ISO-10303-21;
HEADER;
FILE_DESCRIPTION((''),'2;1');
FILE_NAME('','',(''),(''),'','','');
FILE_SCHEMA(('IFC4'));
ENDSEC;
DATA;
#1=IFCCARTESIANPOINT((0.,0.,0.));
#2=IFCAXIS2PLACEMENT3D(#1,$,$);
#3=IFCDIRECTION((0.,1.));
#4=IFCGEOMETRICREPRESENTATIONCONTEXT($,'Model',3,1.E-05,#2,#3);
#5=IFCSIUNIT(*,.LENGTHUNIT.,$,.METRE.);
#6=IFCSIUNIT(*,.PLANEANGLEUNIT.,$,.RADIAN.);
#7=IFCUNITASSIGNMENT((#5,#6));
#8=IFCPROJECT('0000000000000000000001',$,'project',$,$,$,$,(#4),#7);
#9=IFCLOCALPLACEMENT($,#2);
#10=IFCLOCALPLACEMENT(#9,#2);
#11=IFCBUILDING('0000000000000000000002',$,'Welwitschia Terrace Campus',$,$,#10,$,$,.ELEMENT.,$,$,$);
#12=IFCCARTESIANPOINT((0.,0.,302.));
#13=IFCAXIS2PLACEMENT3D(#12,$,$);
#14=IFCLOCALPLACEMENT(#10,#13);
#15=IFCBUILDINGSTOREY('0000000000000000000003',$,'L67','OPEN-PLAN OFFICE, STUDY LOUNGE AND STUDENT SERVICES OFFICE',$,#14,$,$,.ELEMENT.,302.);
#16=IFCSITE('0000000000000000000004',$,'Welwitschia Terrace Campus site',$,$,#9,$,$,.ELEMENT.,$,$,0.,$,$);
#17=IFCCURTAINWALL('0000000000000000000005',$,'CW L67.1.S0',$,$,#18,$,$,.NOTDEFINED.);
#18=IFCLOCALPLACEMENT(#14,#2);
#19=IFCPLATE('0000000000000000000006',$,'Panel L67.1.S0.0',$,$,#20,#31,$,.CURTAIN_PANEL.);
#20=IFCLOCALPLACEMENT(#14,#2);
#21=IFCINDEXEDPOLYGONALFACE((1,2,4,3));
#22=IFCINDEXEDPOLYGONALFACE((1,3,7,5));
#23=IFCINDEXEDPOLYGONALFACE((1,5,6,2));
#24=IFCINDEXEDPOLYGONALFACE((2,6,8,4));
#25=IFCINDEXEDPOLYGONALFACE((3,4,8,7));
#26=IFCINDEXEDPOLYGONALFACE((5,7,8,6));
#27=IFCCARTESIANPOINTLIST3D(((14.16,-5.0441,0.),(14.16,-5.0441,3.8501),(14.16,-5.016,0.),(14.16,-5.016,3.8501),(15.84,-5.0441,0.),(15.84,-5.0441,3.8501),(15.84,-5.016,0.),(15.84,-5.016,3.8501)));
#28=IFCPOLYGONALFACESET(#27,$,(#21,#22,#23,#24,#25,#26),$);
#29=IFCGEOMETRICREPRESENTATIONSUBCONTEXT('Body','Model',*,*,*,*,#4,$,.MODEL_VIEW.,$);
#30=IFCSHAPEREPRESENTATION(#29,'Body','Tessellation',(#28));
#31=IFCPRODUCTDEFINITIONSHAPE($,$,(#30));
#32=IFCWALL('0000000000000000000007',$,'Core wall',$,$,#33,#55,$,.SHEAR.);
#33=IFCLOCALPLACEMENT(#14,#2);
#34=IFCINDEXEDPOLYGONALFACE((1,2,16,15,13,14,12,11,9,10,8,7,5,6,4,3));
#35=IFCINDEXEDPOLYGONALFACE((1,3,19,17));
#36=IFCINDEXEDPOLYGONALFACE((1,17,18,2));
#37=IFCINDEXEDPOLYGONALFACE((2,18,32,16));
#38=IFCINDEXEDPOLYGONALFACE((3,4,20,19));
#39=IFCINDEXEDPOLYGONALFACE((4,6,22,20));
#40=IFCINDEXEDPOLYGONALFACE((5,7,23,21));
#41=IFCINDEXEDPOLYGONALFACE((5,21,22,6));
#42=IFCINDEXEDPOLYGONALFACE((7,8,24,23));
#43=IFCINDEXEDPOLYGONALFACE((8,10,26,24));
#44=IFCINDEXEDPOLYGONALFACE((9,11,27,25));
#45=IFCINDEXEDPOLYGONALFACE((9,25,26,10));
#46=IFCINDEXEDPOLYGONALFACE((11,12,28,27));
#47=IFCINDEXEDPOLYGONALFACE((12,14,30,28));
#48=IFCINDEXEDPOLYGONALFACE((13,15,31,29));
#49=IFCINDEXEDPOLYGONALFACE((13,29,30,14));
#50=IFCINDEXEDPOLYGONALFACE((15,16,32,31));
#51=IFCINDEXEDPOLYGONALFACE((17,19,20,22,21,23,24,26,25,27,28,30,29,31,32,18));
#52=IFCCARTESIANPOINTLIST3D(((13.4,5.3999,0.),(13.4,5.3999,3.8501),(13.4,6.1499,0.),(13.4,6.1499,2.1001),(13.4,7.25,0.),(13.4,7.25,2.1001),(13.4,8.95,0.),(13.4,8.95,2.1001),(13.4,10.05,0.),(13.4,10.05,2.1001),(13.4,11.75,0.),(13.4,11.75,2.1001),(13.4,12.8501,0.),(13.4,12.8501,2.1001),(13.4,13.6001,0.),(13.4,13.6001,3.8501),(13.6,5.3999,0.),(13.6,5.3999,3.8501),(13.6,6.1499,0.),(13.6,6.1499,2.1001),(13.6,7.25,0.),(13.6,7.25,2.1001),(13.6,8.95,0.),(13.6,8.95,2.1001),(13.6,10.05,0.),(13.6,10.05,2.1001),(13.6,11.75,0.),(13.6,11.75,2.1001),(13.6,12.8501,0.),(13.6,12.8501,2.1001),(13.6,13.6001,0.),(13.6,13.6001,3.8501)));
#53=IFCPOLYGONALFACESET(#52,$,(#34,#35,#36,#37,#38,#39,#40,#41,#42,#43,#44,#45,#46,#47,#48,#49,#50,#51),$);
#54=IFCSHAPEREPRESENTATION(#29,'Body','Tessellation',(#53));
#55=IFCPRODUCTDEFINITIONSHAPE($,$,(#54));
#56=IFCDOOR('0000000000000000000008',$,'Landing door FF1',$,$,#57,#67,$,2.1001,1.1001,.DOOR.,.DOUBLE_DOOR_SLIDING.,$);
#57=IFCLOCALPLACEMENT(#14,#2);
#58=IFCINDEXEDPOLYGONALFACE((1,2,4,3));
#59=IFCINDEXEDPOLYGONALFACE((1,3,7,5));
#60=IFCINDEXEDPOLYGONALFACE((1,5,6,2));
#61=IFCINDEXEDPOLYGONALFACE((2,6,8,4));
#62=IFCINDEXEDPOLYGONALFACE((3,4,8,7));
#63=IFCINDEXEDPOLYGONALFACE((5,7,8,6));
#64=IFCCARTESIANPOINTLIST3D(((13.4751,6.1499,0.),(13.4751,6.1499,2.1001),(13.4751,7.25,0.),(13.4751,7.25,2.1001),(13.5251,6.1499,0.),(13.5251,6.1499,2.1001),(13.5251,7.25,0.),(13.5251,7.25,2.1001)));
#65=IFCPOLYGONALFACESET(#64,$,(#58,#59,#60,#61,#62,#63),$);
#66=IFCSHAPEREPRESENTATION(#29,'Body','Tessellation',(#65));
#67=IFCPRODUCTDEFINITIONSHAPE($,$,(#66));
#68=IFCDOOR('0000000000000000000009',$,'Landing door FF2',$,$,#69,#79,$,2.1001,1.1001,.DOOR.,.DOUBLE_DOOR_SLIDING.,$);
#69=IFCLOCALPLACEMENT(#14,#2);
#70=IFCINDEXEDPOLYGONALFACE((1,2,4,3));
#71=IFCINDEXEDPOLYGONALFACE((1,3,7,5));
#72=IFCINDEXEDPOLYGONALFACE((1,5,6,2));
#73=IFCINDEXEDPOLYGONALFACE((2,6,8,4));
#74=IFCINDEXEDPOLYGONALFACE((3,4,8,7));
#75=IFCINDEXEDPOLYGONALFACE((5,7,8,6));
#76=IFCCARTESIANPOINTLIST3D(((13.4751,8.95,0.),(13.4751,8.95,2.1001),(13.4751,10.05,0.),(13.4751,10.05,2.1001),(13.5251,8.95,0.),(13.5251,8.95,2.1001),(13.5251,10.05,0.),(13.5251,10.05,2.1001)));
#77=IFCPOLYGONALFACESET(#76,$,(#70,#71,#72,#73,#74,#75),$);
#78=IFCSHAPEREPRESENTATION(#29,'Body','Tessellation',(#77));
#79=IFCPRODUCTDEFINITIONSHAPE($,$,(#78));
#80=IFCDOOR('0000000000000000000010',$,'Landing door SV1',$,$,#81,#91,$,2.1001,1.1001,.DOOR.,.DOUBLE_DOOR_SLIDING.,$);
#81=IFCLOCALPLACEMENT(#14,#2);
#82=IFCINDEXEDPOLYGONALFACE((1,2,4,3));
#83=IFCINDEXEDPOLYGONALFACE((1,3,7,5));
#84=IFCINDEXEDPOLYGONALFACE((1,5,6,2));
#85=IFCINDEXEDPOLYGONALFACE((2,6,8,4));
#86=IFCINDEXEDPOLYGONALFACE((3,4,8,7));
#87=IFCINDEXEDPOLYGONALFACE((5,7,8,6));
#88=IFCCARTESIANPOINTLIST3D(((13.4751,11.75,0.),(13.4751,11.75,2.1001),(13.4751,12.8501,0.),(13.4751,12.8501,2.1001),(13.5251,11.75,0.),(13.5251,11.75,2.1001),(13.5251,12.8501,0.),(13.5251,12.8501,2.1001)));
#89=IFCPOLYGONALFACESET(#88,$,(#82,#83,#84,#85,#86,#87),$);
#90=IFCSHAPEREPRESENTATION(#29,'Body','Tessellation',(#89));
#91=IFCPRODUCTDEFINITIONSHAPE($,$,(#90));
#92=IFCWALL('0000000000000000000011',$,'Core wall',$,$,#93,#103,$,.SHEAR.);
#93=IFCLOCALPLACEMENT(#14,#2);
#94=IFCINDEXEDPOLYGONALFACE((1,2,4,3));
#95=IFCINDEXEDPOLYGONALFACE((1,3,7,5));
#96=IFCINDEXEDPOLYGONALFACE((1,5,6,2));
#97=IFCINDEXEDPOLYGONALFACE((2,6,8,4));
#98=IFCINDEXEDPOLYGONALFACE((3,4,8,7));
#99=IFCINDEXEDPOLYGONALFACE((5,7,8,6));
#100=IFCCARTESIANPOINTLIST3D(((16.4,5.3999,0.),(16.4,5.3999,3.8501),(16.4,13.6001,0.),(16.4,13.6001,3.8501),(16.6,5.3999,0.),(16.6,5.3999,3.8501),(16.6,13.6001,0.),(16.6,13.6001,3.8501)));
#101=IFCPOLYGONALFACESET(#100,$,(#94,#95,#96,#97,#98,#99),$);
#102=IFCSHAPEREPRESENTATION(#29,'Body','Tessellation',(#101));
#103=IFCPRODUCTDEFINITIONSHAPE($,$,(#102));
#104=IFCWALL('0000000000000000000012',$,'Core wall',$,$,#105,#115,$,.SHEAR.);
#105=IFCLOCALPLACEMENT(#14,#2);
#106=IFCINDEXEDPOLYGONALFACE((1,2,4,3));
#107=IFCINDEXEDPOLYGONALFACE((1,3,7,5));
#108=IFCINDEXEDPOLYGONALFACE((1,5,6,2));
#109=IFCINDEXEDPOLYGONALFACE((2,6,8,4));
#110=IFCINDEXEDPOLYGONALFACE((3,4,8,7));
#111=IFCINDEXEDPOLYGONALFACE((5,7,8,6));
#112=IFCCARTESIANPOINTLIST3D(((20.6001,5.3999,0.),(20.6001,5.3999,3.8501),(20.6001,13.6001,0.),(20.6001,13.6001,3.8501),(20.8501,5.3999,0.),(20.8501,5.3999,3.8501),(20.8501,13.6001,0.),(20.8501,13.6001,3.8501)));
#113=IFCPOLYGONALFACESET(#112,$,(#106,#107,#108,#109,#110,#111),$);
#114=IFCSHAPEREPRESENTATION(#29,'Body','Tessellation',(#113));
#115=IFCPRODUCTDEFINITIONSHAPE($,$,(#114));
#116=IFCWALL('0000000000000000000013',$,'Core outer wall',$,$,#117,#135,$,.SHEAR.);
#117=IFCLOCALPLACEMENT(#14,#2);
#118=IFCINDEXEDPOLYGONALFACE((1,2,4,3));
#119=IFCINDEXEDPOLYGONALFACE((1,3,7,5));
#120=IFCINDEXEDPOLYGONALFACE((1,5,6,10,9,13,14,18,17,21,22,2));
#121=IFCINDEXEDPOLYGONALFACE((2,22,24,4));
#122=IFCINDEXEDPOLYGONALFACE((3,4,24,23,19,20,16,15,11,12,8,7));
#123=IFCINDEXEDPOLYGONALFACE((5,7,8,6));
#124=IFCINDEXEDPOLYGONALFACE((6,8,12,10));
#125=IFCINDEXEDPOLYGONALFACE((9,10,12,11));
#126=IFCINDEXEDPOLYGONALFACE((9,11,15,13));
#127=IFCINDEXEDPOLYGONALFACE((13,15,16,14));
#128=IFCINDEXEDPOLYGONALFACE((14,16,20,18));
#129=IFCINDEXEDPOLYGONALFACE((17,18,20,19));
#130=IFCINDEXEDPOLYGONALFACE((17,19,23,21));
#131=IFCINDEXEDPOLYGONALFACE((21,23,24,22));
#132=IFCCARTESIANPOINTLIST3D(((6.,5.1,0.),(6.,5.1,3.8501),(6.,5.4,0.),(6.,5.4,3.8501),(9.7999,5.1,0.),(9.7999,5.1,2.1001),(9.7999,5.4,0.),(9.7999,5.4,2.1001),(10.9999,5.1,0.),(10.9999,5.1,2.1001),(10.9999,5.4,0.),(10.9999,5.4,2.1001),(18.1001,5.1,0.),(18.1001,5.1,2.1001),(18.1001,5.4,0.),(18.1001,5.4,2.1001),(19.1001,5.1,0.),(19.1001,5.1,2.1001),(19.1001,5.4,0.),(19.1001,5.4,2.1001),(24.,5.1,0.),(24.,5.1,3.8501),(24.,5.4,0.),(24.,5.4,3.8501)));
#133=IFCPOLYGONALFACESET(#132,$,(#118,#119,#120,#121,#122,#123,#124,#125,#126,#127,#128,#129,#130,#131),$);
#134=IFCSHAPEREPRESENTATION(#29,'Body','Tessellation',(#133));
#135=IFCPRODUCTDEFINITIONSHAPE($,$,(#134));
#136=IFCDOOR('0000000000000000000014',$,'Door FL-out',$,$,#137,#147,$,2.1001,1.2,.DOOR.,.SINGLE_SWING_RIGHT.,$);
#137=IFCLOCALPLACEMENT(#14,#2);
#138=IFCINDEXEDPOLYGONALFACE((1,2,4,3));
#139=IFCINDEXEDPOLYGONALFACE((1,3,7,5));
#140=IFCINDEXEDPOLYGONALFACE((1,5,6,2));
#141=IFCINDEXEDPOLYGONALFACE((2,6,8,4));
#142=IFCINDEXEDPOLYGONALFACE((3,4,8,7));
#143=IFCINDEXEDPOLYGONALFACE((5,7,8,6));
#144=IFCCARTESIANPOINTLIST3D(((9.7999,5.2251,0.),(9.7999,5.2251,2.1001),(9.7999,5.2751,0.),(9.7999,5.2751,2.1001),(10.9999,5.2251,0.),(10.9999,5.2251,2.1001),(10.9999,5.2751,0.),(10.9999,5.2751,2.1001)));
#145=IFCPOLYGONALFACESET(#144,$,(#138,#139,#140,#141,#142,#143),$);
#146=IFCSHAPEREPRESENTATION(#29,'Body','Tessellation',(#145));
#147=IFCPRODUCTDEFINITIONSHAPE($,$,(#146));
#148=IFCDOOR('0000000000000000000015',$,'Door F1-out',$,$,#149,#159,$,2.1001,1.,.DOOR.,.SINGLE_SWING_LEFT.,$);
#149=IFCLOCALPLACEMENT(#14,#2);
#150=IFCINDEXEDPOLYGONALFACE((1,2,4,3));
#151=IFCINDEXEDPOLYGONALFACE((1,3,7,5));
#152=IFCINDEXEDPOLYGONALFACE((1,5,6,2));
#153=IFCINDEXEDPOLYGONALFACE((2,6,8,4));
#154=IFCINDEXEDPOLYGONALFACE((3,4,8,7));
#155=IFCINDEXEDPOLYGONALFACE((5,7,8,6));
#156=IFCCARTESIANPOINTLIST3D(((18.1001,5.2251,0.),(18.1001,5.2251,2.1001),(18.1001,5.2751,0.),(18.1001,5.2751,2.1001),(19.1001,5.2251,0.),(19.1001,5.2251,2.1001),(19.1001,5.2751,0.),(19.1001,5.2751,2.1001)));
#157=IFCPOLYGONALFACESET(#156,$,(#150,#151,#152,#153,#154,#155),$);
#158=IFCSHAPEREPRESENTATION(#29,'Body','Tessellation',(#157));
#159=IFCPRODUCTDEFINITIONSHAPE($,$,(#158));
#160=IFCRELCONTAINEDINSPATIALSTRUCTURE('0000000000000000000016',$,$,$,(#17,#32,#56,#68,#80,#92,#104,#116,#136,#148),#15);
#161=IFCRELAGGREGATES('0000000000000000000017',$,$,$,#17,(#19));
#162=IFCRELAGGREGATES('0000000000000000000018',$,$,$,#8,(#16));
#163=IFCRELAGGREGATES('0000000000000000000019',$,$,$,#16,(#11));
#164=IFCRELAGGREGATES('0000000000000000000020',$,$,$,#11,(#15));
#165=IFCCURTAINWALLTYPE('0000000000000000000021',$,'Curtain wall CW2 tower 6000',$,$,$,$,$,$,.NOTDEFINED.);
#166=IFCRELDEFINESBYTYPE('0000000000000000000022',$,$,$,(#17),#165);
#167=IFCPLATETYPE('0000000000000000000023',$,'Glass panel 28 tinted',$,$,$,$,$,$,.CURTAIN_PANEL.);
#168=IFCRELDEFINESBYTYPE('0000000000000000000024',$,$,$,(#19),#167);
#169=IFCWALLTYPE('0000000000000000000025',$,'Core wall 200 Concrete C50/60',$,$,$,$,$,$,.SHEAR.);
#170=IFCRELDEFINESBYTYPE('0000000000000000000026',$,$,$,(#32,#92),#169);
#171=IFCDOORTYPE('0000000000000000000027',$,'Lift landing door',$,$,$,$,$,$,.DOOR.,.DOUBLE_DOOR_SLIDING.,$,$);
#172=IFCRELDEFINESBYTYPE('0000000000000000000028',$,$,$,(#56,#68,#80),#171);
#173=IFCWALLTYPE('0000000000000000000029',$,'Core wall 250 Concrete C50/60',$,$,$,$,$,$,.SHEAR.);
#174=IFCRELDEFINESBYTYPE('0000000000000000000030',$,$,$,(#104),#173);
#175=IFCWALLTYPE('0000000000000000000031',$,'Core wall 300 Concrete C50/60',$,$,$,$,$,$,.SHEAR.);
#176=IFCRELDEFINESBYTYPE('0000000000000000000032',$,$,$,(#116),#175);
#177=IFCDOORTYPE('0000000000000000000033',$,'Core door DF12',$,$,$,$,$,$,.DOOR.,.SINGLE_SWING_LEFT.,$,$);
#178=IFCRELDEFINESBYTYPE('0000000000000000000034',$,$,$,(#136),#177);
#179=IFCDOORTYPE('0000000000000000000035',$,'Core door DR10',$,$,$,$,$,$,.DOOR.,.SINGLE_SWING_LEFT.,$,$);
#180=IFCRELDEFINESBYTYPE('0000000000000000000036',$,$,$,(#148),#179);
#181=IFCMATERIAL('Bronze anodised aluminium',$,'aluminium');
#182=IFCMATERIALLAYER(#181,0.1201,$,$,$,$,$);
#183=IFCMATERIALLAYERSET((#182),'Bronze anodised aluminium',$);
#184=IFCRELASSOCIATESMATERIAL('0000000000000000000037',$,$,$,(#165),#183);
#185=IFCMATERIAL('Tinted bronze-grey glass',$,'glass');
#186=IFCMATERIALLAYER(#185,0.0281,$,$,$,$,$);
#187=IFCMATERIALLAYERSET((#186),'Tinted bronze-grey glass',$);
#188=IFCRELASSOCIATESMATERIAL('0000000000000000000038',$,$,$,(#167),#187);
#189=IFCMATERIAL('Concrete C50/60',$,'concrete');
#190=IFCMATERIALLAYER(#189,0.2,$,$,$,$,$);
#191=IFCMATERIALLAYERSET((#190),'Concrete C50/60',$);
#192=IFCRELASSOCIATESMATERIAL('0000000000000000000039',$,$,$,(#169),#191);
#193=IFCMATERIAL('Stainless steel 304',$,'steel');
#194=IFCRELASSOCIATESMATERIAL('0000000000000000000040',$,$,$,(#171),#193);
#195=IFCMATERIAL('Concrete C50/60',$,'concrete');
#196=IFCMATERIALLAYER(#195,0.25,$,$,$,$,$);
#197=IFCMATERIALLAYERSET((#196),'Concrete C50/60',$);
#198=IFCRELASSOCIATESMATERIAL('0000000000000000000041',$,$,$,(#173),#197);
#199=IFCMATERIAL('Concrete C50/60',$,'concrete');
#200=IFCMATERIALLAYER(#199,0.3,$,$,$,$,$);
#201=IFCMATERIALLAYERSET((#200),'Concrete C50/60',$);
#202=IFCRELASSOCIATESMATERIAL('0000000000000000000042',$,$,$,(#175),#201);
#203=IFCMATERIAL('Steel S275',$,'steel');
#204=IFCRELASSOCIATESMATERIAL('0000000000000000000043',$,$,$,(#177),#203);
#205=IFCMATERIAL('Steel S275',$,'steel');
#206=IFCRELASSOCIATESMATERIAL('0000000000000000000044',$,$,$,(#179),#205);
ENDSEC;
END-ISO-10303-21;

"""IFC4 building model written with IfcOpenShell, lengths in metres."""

from ifc_helpers import new_model, si_unit, direction, frame, frame_2d, origin, origin_2d, place, context, subcontext, project, spatial, rectangle, extrude, material, layer, layer_set, type_object, element, fill, aggregate, save


model = new_model("IFC4")

# Units and contexts
model_context = context("Model", 3, precision=1e-05, world=origin(), true_north=direction((0.0, 1.0)))
body_context = subcontext(model_context, "Body", "Model", "MODEL_VIEW")
ifc_project = project(units=[si_unit("LENGTHUNIT", "METRE"), si_unit("PLANEANGLEUNIT", "RADIAN")], contexts=[model_context])

# Site, building, storey
site_placement = place(None, origin())
site = spatial("IfcSite", under=ifc_project, at=site_placement, Name="Welwitschia Terrace Campus site", CompositionType="ELEMENT", RefElevation=0.0)
building_placement = place(site_placement, origin())
building = spatial("IfcBuilding", under=site, at=building_placement, Name="Welwitschia Terrace Campus", CompositionType="ELEMENT")
storey_placement = place(building_placement, frame((0.0, 0.0, 302.0)))
storey = spatial("IfcBuildingStorey", under=building, at=storey_placement, Name="L67", Description="OPEN-PLAN OFFICE, STUDY LOUNGE AND STUDENT SERVICES OFFICE", CompositionType="ELEMENT", Elevation=302.0)

# Curtain wall
ifc_material_1 = material(Name="Bronze anodised aluminium", Category="aluminium")
ifc_layer_1 = layer(ifc_material_1, 0.1201)
ifc_layer_set_1 = layer_set([ifc_layer_1], Name="Bronze anodised aluminium")
curtain_wall_type = type_object("IfcCurtainWallType", Name="Curtain wall CW2 tower 6000", PredefinedType="NOTDEFINED", material=ifc_layer_set_1)
curtain_wall_placement = place(storey_placement, origin())
curtain_wall = element("IfcCurtainWall", 1, at=curtain_wall_placement, inside=storey, type_object=curtain_wall_type, Name="CW L67.1.S0", PredefinedType="NOTDEFINED")

# Plate
ifc_material_2 = material(Name="Tinted bronze-grey glass", Category="glass")
ifc_layer_2 = layer(ifc_material_2, 0.0281)
ifc_layer_set_2 = layer_set([ifc_layer_2], Name="Tinted bronze-grey glass")
plate_type = type_object("IfcPlateType", Name="Glass panel 28 tinted", PredefinedType="CURTAIN_PANEL", material=ifc_layer_set_2)
plate_placement = place(storey_placement, frame((15.0, -5.03, 0.0), z_axis=(0.0, 0.0, 1.0), x_axis=(1.0, 0.0, 0.0)))
plate = element("IfcPlate", 2, at=plate_placement, type_object=plate_type, Name="Panel L67.1.S0.0", PredefinedType="CURTAIN_PANEL", context=body_context, shape_type="SweptSolid", body=[
    extrude(rectangle(XDim=1.6799, YDim=0.0281, at=origin_2d()), origin(), (0.0, 0.0, 1.0), 3.8501),
])
aggregate(curtain_wall, [plate])

# Wall, openings, doors
ifc_material_3 = material(Name="Concrete C50/60", Category="concrete")
ifc_layer_3 = layer(ifc_material_3, 0.2)
ifc_layer_set_3 = layer_set([ifc_layer_3], Name="Concrete C50/60")
wall_type_1 = type_object("IfcWallType", Name="Core wall 200 Concrete C50/60", PredefinedType="SHEAR", material=ifc_layer_set_3)
wall_1_placement = place(storey_placement, frame((13.5, 5.3999, 0.0), z_axis=(0.0, 0.0, 1.0), x_axis=(0.0, 1.0, 0.0)))
wall_1 = element("IfcWall", 3, at=wall_1_placement, inside=storey, type_object=wall_type_1, Name="Core wall", PredefinedType="SHEAR", context=body_context, shape_type="SweptSolid", body=[
    extrude(rectangle(XDim=8.2002, YDim=0.2, at=frame_2d((4.1001, 0.0))), origin(), (0.0, 0.0, 1.0), 3.8501),
])
opening_1_placement = place(wall_1_placement, frame((0.75, 0.0, 0.0)))
opening_1 = element("IfcOpeningElement", 4, at=opening_1_placement, cuts=wall_1, PredefinedType="OPENING", context=body_context, shape_type="SweptSolid", body=[
    extrude(rectangle(XDim=1.1001, YDim=2.1001, at=frame_2d((0.55, 1.05))), frame((0.0, 0.1099, 0.0), z_axis=(0.0, -1.0, 0.0), x_axis=(1.0, 0.0, 0.0)), (0.0, 0.0, 1.0), 0.22),
])
opening_2_placement = place(wall_1_placement, frame((3.55, 0.0, 0.0)))
opening_2 = element("IfcOpeningElement", 5, at=opening_2_placement, cuts=wall_1, PredefinedType="OPENING", context=body_context, shape_type="SweptSolid", body=[
    extrude(rectangle(XDim=1.1001, YDim=2.1001, at=frame_2d((0.55, 1.05))), frame((0.0, 0.1099, 0.0), z_axis=(0.0, -1.0, 0.0), x_axis=(1.0, 0.0, 0.0)), (0.0, 0.0, 1.0), 0.22),
])
opening_3_placement = place(wall_1_placement, frame((6.3501, 0.0, 0.0)))
opening_3 = element("IfcOpeningElement", 6, at=opening_3_placement, cuts=wall_1, PredefinedType="OPENING", context=body_context, shape_type="SweptSolid", body=[
    extrude(rectangle(XDim=1.1001, YDim=2.1001, at=frame_2d((0.55, 1.05))), frame((0.0, 0.1099, 0.0), z_axis=(0.0, -1.0, 0.0), x_axis=(1.0, 0.0, 0.0)), (0.0, 0.0, 1.0), 0.22),
])
ifc_material_4 = material(Name="Stainless steel 304", Category="steel")
door_type_1 = type_object("IfcDoorType", Name="Lift landing door", OperationType="DOUBLE_DOOR_SLIDING", PredefinedType="DOOR", material=ifc_material_4)
door_1_placement = place(opening_1_placement, origin())
door_1 = element("IfcDoor", 7, at=door_1_placement, inside=storey, type_object=door_type_1, Name="Landing door FF1", OperationType="DOUBLE_DOOR_SLIDING", OverallHeight=2.1001, OverallWidth=1.1001, PredefinedType="DOOR", context=body_context, shape_type="SweptSolid", body=[
    extrude(rectangle(XDim=1.1001, YDim=2.1001, at=frame_2d((0.55, 1.05))), frame((0.0, 0.0249, 0.0), z_axis=(0.0, -1.0, 0.0), x_axis=(1.0, 0.0, 0.0)), (0.0, 0.0, 1.0), 0.05),
])
fill(opening_1, door_1)
door_2_placement = place(opening_2_placement, origin())
door_2 = element("IfcDoor", 8, at=door_2_placement, inside=storey, type_object=door_type_1, Name="Landing door FF2", OperationType="DOUBLE_DOOR_SLIDING", OverallHeight=2.1001, OverallWidth=1.1001, PredefinedType="DOOR", context=body_context, shape_type="SweptSolid", body=[
    extrude(rectangle(XDim=1.1001, YDim=2.1001, at=frame_2d((0.55, 1.05))), frame((0.0, 0.0249, 0.0), z_axis=(0.0, -1.0, 0.0), x_axis=(1.0, 0.0, 0.0)), (0.0, 0.0, 1.0), 0.05),
])
fill(opening_2, door_2)
door_3_placement = place(opening_3_placement, origin())
door_3 = element("IfcDoor", 9, at=door_3_placement, inside=storey, type_object=door_type_1, Name="Landing door SV1", OperationType="DOUBLE_DOOR_SLIDING", OverallHeight=2.1001, OverallWidth=1.1001, PredefinedType="DOOR", context=body_context, shape_type="SweptSolid", body=[
    extrude(rectangle(XDim=1.1001, YDim=2.1001, at=frame_2d((0.55, 1.05))), frame((0.0, 0.0249, 0.0), z_axis=(0.0, -1.0, 0.0), x_axis=(1.0, 0.0, 0.0)), (0.0, 0.0, 1.0), 0.05),
])
fill(opening_3, door_3)

# Walls
wall_2_placement = place(storey_placement, frame((16.5, 5.3999, 0.0), z_axis=(0.0, 0.0, 1.0), x_axis=(0.0, 1.0, 0.0)))
element("IfcWall", 10, at=wall_2_placement, inside=storey, type_object=wall_type_1, Name="Core wall", PredefinedType="SHEAR", context=body_context, shape_type="SweptSolid", body=[
    extrude(rectangle(XDim=8.2002, YDim=0.2, at=frame_2d((4.1001, 0.0))), origin(), (0.0, 0.0, 1.0), 3.8501),
])
ifc_material_5 = material(Name="Concrete C50/60", Category="concrete")
ifc_layer_4 = layer(ifc_material_5, 0.25)
ifc_layer_set_4 = layer_set([ifc_layer_4], Name="Concrete C50/60")
wall_type_2 = type_object("IfcWallType", Name="Core wall 250 Concrete C50/60", PredefinedType="SHEAR", material=ifc_layer_set_4)
wall_3_placement = place(storey_placement, frame((20.7251, 5.3999, 0.0), z_axis=(0.0, 0.0, 1.0), x_axis=(0.0, 1.0, 0.0)))
element("IfcWall", 11, at=wall_3_placement, inside=storey, type_object=wall_type_2, Name="Core wall", PredefinedType="SHEAR", context=body_context, shape_type="SweptSolid", body=[
    extrude(rectangle(XDim=8.2002, YDim=0.25, at=frame_2d((4.1001, 0.0))), origin(), (0.0, 0.0, 1.0), 3.8501),
])

# Wall, openings, doors
ifc_material_6 = material(Name="Concrete C50/60", Category="concrete")
ifc_layer_5 = layer(ifc_material_6, 0.3)
ifc_layer_set_5 = layer_set([ifc_layer_5], Name="Concrete C50/60")
wall_type_3 = type_object("IfcWallType", Name="Core wall 300 Concrete C50/60", PredefinedType="SHEAR", material=ifc_layer_set_5)
wall_4_placement = place(storey_placement, frame((24.0, 5.25, 0.0), z_axis=(0.0, 0.0, 1.0), x_axis=(-1.0, 0.0, 0.0)))
wall_4 = element("IfcWall", 12, at=wall_4_placement, inside=storey, type_object=wall_type_3, Name="Core outer wall", PredefinedType="SHEAR", context=body_context, shape_type="SweptSolid", body=[
    extrude(rectangle(XDim=18.0, YDim=0.3, at=frame_2d((9.0, 0.0))), origin(), (0.0, 0.0, 1.0), 3.8501),
])
opening_4_placement = place(wall_4_placement, frame((13.0, 0.0, 0.0)))
opening_4 = element("IfcOpeningElement", 13, at=opening_4_placement, cuts=wall_4, PredefinedType="OPENING", context=body_context, shape_type="SweptSolid", body=[
    extrude(rectangle(XDim=1.2, YDim=2.1001, at=frame_2d((0.6001, 1.05))), frame((0.0, 0.1599, 0.0), z_axis=(0.0, -1.0, 0.0), x_axis=(1.0, 0.0, 0.0)), (0.0, 0.0, 1.0), 0.3201),
])
opening_5_placement = place(wall_4_placement, frame((4.8999, 0.0, 0.0)))
opening_5 = element("IfcOpeningElement", 14, at=opening_5_placement, cuts=wall_4, PredefinedType="OPENING", context=body_context, shape_type="SweptSolid", body=[
    extrude(rectangle(XDim=1.0, YDim=2.1001, at=frame_2d((0.5, 1.05))), frame((0.0, 0.1599, 0.0), z_axis=(0.0, -1.0, 0.0), x_axis=(1.0, 0.0, 0.0)), (0.0, 0.0, 1.0), 0.3201),
])
ifc_material_7 = material(Name="Steel S275", Category="steel")
door_type_2 = type_object("IfcDoorType", Name="Core door DF12", OperationType="SINGLE_SWING_LEFT", PredefinedType="DOOR", material=ifc_material_7)
door_4_placement = place(opening_4_placement, origin())
door_4 = element("IfcDoor", 15, at=door_4_placement, inside=storey, type_object=door_type_2, Name="Door FL-out", OperationType="SINGLE_SWING_RIGHT", OverallHeight=2.1001, OverallWidth=1.2, PredefinedType="DOOR", context=body_context, shape_type="SweptSolid", body=[
    extrude(rectangle(XDim=1.2, YDim=2.1001, at=frame_2d((0.6001, 1.05))), frame((0.0, 0.0249, 0.0), z_axis=(0.0, -1.0, 0.0), x_axis=(1.0, 0.0, 0.0)), (0.0, 0.0, 1.0), 0.05),
])
fill(opening_4, door_4)
ifc_material_8 = material(Name="Steel S275", Category="steel")
door_type_3 = type_object("IfcDoorType", Name="Core door DR10", OperationType="SINGLE_SWING_LEFT", PredefinedType="DOOR", material=ifc_material_8)
door_5_placement = place(opening_5_placement, origin())
door_5 = element("IfcDoor", 16, at=door_5_placement, inside=storey, type_object=door_type_3, Name="Door F1-out", OperationType="SINGLE_SWING_LEFT", OverallHeight=2.1001, OverallWidth=1.0, PredefinedType="DOOR", context=body_context, shape_type="SweptSolid", body=[
    extrude(rectangle(XDim=1.0, YDim=2.1001, at=frame_2d((0.5, 1.05))), frame((0.0, 0.0249, 0.0), z_axis=(0.0, -1.0, 0.0), x_axis=(1.0, 0.0, 0.0)), (0.0, 0.0, 1.0), 0.05),
])
fill(opening_5, door_5)

save(model, "model.ifc")
